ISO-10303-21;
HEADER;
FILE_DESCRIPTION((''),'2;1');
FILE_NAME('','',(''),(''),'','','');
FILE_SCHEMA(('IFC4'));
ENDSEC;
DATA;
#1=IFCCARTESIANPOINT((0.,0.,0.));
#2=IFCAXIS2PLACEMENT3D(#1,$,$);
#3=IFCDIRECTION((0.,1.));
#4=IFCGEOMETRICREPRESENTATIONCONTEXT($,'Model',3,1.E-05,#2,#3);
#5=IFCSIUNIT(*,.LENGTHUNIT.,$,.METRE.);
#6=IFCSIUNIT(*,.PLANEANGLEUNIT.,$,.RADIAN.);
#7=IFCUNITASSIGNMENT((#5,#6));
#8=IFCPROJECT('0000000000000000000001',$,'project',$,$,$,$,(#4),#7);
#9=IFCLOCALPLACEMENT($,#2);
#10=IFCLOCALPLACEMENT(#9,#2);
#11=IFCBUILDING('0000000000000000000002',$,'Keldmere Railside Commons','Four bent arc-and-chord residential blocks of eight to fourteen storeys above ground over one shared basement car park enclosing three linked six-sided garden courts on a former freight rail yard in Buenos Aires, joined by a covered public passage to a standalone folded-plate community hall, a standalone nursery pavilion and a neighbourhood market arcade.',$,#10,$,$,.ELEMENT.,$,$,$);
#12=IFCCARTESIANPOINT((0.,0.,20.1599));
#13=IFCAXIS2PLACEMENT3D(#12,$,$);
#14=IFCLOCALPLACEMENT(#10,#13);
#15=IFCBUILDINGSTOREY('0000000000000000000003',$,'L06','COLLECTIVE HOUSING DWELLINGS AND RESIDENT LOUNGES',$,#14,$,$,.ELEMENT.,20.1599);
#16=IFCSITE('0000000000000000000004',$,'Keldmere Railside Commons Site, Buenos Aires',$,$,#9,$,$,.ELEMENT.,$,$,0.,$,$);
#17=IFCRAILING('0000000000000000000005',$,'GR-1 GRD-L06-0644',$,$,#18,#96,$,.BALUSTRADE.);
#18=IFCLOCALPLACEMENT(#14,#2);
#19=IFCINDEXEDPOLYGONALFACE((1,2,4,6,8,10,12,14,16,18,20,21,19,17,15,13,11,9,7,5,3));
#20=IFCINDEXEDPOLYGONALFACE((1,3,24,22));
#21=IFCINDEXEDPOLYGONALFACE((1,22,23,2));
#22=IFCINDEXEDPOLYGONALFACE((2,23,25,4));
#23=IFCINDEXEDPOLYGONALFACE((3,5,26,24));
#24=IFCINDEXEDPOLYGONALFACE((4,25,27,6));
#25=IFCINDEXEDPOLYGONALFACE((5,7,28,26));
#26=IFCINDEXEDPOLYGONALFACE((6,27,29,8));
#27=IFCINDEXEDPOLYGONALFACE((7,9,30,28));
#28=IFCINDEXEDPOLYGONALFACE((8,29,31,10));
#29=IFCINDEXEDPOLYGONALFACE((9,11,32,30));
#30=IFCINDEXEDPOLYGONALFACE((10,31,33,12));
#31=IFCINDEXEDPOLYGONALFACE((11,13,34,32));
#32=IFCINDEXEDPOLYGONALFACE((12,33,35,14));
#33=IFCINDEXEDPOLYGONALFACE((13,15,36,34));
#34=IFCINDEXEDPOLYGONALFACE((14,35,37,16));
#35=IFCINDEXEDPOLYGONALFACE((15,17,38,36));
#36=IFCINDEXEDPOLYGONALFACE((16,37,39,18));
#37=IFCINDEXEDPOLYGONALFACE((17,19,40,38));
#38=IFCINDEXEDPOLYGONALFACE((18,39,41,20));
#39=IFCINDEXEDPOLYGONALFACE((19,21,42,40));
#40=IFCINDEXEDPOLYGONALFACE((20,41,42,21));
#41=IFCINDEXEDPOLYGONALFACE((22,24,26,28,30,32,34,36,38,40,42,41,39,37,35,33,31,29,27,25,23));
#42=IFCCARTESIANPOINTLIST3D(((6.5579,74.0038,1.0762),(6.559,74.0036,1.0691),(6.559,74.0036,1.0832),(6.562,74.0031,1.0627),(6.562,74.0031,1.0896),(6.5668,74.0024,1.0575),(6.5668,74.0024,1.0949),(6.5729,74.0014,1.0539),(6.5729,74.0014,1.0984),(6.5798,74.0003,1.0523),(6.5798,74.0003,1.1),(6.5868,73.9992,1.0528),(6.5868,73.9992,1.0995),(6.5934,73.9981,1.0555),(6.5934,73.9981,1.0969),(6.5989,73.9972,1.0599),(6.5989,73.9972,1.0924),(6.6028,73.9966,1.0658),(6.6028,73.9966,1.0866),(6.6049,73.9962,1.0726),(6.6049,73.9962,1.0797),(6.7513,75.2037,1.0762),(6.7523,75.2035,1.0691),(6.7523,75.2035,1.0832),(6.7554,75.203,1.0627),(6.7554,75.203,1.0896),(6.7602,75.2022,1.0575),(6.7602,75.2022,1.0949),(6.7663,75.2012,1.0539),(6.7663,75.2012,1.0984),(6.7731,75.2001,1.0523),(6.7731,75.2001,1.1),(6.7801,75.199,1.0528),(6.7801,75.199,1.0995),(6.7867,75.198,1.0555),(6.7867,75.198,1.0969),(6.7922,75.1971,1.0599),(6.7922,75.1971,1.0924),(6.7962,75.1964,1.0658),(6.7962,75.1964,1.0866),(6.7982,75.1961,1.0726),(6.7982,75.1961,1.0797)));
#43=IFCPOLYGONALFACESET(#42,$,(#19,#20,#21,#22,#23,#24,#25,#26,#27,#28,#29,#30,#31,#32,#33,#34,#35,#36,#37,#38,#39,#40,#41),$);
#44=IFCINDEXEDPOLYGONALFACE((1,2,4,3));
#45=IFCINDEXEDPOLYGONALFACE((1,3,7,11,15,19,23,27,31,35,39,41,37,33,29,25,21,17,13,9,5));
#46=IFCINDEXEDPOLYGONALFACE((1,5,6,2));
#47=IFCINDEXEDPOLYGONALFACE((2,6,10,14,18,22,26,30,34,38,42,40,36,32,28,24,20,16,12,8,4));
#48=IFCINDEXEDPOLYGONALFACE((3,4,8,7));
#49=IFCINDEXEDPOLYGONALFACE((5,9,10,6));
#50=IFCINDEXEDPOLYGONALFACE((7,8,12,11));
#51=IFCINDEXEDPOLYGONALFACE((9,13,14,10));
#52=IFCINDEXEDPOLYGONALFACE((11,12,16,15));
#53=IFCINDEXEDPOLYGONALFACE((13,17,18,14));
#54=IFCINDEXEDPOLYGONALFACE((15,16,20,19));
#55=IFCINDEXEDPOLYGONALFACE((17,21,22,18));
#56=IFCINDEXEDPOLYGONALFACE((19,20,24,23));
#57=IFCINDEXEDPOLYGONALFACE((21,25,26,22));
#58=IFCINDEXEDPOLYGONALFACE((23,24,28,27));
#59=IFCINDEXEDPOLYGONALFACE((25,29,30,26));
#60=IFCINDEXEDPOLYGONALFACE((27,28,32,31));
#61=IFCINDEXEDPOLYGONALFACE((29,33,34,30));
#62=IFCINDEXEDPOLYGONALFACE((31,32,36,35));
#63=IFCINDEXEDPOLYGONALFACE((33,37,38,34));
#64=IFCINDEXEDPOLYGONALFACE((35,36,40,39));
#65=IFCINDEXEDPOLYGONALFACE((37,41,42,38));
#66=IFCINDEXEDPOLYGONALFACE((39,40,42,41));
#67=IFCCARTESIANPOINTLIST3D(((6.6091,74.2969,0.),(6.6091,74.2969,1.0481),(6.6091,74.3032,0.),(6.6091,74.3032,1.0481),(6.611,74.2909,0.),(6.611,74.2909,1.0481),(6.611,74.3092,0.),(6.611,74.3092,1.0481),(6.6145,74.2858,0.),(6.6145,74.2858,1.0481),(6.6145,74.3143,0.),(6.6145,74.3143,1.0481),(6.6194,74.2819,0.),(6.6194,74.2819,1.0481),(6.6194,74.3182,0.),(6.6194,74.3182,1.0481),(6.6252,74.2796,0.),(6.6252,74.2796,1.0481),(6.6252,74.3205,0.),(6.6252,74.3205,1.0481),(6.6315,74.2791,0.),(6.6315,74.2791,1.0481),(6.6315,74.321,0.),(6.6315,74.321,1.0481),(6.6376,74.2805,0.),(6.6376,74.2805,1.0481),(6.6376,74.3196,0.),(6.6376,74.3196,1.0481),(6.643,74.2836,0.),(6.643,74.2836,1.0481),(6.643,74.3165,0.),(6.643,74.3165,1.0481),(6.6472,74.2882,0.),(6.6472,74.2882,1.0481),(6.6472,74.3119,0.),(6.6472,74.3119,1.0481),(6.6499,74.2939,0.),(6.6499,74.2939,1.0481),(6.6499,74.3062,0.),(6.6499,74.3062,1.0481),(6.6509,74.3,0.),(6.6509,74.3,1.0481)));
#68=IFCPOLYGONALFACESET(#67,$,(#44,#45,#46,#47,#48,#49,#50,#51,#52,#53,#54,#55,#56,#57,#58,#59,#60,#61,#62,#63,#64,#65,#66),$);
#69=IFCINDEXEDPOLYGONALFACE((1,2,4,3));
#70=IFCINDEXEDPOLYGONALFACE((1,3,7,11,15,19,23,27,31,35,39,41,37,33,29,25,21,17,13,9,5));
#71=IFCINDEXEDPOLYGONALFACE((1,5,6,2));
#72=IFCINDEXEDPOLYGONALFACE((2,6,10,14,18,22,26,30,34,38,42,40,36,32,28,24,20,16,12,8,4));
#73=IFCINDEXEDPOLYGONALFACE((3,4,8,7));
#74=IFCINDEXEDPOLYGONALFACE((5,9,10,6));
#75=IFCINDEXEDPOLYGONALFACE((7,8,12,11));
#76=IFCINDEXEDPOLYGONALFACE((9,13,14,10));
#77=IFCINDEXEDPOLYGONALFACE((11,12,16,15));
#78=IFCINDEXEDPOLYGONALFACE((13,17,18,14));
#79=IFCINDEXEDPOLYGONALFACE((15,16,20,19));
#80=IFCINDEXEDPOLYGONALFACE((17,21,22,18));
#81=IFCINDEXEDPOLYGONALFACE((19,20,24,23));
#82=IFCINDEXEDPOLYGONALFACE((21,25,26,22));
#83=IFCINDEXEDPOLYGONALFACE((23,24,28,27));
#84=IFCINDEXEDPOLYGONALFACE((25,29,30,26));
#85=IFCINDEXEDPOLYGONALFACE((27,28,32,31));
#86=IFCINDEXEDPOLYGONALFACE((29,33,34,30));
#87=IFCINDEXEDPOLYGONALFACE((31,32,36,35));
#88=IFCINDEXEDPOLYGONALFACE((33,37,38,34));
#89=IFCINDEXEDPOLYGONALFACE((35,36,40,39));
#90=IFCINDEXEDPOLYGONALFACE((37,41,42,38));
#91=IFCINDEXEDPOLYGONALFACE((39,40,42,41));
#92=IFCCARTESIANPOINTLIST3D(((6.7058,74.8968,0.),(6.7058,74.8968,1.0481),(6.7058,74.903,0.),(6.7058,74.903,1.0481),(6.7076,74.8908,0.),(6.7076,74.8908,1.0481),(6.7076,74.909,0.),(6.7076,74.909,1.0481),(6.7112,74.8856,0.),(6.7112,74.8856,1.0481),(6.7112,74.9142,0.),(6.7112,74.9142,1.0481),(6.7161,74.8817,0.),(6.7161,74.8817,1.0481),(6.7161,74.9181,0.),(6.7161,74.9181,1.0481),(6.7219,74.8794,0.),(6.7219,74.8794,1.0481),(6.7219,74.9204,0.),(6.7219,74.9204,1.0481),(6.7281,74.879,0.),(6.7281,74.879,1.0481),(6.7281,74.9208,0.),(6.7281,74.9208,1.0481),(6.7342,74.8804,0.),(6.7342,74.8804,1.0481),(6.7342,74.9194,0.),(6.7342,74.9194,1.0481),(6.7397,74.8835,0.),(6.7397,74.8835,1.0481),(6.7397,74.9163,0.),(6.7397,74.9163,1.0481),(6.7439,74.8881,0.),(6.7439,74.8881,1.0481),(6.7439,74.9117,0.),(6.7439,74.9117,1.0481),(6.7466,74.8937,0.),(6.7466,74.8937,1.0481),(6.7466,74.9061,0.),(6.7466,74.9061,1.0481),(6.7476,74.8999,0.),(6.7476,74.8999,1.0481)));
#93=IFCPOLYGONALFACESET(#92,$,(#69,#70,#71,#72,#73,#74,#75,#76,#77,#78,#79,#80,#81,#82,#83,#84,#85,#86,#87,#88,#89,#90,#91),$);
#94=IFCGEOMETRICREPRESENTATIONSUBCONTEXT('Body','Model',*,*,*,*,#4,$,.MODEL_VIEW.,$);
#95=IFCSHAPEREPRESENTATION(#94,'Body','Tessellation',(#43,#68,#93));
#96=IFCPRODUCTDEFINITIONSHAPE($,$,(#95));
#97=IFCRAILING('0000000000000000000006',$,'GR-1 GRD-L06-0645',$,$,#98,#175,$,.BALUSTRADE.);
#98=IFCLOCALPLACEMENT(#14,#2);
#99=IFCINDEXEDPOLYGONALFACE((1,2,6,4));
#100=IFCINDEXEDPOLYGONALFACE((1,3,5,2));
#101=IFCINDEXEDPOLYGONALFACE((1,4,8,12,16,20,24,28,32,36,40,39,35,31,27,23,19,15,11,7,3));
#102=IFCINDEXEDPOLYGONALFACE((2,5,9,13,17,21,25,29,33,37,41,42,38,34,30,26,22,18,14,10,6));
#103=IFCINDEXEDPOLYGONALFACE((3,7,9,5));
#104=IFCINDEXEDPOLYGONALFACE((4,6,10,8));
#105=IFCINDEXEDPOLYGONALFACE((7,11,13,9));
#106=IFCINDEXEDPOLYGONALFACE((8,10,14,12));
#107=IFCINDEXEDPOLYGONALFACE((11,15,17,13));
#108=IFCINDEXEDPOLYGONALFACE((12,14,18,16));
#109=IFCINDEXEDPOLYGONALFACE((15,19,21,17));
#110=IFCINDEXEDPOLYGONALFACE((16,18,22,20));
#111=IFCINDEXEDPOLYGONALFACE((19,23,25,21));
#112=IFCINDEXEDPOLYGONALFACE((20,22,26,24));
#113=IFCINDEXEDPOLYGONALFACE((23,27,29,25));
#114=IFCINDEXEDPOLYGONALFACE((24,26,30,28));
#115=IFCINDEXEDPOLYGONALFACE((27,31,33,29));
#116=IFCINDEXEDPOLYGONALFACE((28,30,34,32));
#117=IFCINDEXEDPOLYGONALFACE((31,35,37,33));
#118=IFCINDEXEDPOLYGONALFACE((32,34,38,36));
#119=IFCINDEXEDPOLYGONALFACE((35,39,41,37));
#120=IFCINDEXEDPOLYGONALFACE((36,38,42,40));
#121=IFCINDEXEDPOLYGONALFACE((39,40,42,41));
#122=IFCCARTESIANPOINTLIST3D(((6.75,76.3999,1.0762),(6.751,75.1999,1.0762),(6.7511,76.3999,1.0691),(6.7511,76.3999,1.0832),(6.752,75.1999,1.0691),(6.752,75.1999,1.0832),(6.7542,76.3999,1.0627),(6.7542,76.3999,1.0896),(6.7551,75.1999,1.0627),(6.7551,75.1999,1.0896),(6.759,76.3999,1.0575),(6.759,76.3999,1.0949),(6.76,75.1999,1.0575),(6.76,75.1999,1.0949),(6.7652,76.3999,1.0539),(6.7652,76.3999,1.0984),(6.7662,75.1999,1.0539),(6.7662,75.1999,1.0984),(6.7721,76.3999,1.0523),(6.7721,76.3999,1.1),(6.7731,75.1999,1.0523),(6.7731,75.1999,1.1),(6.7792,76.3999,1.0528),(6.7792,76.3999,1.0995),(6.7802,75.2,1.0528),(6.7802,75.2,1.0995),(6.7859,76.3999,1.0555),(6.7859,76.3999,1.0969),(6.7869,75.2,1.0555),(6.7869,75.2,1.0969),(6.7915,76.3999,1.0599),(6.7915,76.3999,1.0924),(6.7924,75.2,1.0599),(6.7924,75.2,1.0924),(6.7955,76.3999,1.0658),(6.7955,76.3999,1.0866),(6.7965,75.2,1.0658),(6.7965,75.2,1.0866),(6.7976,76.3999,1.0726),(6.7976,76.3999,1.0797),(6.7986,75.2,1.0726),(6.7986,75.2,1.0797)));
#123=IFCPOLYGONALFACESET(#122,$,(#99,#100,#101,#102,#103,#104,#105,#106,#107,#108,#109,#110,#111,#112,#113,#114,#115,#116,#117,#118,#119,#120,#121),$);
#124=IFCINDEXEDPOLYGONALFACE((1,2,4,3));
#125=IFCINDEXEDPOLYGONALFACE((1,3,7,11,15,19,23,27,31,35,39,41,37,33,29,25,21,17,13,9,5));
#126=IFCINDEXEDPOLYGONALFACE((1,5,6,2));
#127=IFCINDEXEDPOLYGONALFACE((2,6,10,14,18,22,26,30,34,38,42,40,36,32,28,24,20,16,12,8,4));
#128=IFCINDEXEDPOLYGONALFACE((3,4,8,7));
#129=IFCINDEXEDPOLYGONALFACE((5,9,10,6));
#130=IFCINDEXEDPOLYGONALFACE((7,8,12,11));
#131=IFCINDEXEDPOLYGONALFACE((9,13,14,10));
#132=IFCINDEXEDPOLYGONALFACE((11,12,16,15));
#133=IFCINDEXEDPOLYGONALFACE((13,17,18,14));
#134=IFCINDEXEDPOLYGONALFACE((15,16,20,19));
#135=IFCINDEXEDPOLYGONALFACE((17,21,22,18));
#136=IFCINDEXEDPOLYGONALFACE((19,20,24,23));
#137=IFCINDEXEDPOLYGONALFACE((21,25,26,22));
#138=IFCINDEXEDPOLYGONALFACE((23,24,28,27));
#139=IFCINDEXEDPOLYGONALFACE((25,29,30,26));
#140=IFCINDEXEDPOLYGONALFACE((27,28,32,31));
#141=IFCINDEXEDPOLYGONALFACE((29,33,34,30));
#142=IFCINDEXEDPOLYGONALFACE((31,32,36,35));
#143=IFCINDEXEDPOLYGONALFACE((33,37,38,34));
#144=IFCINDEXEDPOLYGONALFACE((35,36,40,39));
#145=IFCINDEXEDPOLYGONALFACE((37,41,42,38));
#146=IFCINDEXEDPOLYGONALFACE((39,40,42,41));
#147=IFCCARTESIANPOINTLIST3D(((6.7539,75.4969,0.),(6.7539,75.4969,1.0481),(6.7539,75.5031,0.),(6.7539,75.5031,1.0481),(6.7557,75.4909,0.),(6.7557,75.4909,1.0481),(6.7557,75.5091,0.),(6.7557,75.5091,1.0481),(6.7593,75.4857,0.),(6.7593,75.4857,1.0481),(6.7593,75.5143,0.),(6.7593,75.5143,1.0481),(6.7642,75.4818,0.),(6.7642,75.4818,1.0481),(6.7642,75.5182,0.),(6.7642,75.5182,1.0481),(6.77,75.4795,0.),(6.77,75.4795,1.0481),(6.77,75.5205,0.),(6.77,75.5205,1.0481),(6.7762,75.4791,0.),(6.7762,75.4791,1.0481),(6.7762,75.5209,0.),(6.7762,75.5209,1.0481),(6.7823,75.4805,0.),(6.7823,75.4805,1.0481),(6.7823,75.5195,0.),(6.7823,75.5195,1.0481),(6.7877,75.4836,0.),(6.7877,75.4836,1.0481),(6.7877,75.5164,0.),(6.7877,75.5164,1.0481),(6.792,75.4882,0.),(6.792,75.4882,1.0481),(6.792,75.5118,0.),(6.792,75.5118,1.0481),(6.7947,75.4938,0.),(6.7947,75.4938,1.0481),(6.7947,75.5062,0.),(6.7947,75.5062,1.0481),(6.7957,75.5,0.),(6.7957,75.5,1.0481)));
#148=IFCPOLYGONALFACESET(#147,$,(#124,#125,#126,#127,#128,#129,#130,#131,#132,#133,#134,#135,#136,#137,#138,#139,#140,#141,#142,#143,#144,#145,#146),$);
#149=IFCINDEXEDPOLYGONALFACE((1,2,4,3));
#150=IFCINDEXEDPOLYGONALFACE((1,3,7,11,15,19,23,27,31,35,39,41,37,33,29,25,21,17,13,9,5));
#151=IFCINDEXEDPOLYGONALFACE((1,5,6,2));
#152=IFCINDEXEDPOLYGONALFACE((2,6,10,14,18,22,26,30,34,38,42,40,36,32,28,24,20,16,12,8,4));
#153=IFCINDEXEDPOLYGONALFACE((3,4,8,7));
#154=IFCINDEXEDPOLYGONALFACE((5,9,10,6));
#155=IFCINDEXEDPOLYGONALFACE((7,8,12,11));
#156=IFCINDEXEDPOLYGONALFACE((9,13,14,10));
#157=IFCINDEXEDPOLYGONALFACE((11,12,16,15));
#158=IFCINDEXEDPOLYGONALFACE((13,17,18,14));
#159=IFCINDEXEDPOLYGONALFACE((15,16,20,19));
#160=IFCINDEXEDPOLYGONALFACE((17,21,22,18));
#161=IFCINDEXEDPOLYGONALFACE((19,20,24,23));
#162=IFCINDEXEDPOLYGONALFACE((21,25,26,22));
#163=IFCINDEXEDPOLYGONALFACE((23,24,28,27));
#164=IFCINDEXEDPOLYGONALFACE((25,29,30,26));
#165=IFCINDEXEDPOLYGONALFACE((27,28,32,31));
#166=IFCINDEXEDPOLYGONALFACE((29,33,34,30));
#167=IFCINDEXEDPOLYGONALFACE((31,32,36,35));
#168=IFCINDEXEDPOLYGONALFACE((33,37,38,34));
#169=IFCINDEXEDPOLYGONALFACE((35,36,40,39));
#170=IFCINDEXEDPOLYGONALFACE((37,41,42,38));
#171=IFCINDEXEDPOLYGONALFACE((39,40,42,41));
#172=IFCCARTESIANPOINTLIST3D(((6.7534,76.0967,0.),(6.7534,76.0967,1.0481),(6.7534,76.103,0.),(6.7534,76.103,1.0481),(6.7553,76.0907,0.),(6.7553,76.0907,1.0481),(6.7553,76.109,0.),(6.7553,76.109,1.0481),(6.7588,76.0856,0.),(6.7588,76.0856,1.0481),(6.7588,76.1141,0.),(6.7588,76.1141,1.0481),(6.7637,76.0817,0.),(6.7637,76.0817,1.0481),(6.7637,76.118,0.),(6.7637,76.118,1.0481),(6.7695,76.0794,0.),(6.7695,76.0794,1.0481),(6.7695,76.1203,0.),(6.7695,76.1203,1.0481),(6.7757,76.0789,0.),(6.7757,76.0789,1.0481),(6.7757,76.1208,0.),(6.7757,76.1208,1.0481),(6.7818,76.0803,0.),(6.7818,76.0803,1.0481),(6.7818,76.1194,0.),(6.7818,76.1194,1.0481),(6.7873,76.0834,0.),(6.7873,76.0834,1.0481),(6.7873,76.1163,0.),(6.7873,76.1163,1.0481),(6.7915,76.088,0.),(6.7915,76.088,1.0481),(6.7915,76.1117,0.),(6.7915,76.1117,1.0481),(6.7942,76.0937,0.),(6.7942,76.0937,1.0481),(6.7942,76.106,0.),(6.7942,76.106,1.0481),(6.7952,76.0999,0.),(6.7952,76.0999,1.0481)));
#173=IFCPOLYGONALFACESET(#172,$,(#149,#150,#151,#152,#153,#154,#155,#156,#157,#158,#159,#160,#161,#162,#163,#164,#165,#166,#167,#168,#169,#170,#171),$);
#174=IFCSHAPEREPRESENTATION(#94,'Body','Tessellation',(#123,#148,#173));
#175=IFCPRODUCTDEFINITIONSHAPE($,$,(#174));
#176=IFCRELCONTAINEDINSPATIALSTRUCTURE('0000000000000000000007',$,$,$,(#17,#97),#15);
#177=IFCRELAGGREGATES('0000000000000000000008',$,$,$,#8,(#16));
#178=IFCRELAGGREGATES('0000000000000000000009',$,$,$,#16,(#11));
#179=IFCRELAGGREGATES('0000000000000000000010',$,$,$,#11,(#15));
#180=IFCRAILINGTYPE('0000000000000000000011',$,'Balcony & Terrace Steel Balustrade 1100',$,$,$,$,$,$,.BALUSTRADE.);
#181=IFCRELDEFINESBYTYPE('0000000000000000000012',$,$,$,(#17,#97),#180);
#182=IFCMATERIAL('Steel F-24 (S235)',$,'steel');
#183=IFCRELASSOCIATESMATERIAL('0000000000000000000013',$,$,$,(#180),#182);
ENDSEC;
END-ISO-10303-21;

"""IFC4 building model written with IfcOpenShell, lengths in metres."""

from ifc_helpers import new_model, si_unit, direction, frame, origin, origin_2d, place, context, subcontext, project, spatial, circle, extrude, material, type_object, element, save


model = new_model("IFC4")

# Units and contexts
model_context = context("Model", 3, precision=1e-05, world=origin(), true_north=direction((0.0, 1.0)))
body_context = subcontext(model_context, "Body", "Model", "MODEL_VIEW")
ifc_project = project(units=[si_unit("LENGTHUNIT", "METRE"), si_unit("PLANEANGLEUNIT", "RADIAN")], contexts=[model_context])

# Site, building, storey
site_placement = place(None, origin())
site = spatial("IfcSite", under=ifc_project, at=site_placement, Name="Keldmere Railside Commons Site, Buenos Aires", CompositionType="ELEMENT", RefElevation=0.0)
building_placement = place(site_placement, origin())
building = spatial("IfcBuilding", under=site, at=building_placement, Name="Keldmere Railside Commons", Description="Four bent arc-and-chord residential blocks of eight to fourteen storeys above ground over one shared basement car park enclosing three linked six-sided garden courts on a former freight rail yard in Buenos Aires, joined by a covered public passage to a standalone folded-plate community hall, a standalone nursery pavilion and a neighbourhood market arcade.", CompositionType="ELEMENT")
storey_placement = place(building_placement, frame((0.0, 0.0, 20.1599)))
storey = spatial("IfcBuildingStorey", under=building, at=storey_placement, Name="L06", Description="COLLECTIVE HOUSING DWELLINGS AND RESIDENT LOUNGES", CompositionType="ELEMENT", Elevation=20.1599)

# Shared definitions
ifc_material_1 = material(Name="Steel F-24 (S235)", Category="steel")

# Railings
railing_type_1 = type_object("IfcRailingType", Name="Balcony & Terrace Steel Balustrade 1100", PredefinedType="BALUSTRADE", material=ifc_material_1)
railing_1_placement = place(storey_placement, frame((6.5815, 74.0, 0.0)))
element("IfcRailing", 1, at=railing_1_placement, inside=storey, type_object=railing_type_1, Name="GR-1 GRD-L06-0644", PredefinedType="BALUSTRADE", context=body_context, shape_type="SweptSolid", body=[
    extrude(circle(Radius=0.0239, at=origin_2d()), frame((0.0, 0.0, 1.0762), z_axis=(0.159087, 0.987265, 0.0), x_axis=(-0.987265, 0.159087, 0.0)), (0.0, 0.0, 1.0), 1.2153),
    extrude(circle(Radius=0.021, at=origin_2d()), frame((0.0483, 0.3, 0.0)), (0.0, 0.0, 1.0), 1.0481),
    extrude(circle(Radius=0.021, at=origin_2d()), frame((0.145, 0.8999, 0.0)), (0.0, 0.0, 1.0), 1.0481),
])
railing_2_placement = place(storey_placement, frame((6.7749, 75.2, 0.0)))
element("IfcRailing", 2, at=railing_2_placement, inside=storey, type_object=railing_type_1, Name="GR-1 GRD-L06-0645", PredefinedType="BALUSTRADE", context=body_context, shape_type="SweptSolid", body=[
    extrude(circle(Radius=0.0239, at=origin_2d()), frame((0.0, 0.0, 1.0762), z_axis=(-0.000814, 1.0, 0.0), x_axis=(-1.0, -0.000814, 0.0)), (0.0, 0.0, 1.0), 1.2),
    extrude(circle(Radius=0.021, at=origin_2d()), frame((-0.0002, 0.3, 0.0)), (0.0, 0.0, 1.0), 1.0481),
    extrude(circle(Radius=0.021, at=origin_2d()), frame((-0.0007, 0.8999, 0.0)), (0.0, 0.0, 1.0), 1.0481),
])

save(model, "model.ifc")
